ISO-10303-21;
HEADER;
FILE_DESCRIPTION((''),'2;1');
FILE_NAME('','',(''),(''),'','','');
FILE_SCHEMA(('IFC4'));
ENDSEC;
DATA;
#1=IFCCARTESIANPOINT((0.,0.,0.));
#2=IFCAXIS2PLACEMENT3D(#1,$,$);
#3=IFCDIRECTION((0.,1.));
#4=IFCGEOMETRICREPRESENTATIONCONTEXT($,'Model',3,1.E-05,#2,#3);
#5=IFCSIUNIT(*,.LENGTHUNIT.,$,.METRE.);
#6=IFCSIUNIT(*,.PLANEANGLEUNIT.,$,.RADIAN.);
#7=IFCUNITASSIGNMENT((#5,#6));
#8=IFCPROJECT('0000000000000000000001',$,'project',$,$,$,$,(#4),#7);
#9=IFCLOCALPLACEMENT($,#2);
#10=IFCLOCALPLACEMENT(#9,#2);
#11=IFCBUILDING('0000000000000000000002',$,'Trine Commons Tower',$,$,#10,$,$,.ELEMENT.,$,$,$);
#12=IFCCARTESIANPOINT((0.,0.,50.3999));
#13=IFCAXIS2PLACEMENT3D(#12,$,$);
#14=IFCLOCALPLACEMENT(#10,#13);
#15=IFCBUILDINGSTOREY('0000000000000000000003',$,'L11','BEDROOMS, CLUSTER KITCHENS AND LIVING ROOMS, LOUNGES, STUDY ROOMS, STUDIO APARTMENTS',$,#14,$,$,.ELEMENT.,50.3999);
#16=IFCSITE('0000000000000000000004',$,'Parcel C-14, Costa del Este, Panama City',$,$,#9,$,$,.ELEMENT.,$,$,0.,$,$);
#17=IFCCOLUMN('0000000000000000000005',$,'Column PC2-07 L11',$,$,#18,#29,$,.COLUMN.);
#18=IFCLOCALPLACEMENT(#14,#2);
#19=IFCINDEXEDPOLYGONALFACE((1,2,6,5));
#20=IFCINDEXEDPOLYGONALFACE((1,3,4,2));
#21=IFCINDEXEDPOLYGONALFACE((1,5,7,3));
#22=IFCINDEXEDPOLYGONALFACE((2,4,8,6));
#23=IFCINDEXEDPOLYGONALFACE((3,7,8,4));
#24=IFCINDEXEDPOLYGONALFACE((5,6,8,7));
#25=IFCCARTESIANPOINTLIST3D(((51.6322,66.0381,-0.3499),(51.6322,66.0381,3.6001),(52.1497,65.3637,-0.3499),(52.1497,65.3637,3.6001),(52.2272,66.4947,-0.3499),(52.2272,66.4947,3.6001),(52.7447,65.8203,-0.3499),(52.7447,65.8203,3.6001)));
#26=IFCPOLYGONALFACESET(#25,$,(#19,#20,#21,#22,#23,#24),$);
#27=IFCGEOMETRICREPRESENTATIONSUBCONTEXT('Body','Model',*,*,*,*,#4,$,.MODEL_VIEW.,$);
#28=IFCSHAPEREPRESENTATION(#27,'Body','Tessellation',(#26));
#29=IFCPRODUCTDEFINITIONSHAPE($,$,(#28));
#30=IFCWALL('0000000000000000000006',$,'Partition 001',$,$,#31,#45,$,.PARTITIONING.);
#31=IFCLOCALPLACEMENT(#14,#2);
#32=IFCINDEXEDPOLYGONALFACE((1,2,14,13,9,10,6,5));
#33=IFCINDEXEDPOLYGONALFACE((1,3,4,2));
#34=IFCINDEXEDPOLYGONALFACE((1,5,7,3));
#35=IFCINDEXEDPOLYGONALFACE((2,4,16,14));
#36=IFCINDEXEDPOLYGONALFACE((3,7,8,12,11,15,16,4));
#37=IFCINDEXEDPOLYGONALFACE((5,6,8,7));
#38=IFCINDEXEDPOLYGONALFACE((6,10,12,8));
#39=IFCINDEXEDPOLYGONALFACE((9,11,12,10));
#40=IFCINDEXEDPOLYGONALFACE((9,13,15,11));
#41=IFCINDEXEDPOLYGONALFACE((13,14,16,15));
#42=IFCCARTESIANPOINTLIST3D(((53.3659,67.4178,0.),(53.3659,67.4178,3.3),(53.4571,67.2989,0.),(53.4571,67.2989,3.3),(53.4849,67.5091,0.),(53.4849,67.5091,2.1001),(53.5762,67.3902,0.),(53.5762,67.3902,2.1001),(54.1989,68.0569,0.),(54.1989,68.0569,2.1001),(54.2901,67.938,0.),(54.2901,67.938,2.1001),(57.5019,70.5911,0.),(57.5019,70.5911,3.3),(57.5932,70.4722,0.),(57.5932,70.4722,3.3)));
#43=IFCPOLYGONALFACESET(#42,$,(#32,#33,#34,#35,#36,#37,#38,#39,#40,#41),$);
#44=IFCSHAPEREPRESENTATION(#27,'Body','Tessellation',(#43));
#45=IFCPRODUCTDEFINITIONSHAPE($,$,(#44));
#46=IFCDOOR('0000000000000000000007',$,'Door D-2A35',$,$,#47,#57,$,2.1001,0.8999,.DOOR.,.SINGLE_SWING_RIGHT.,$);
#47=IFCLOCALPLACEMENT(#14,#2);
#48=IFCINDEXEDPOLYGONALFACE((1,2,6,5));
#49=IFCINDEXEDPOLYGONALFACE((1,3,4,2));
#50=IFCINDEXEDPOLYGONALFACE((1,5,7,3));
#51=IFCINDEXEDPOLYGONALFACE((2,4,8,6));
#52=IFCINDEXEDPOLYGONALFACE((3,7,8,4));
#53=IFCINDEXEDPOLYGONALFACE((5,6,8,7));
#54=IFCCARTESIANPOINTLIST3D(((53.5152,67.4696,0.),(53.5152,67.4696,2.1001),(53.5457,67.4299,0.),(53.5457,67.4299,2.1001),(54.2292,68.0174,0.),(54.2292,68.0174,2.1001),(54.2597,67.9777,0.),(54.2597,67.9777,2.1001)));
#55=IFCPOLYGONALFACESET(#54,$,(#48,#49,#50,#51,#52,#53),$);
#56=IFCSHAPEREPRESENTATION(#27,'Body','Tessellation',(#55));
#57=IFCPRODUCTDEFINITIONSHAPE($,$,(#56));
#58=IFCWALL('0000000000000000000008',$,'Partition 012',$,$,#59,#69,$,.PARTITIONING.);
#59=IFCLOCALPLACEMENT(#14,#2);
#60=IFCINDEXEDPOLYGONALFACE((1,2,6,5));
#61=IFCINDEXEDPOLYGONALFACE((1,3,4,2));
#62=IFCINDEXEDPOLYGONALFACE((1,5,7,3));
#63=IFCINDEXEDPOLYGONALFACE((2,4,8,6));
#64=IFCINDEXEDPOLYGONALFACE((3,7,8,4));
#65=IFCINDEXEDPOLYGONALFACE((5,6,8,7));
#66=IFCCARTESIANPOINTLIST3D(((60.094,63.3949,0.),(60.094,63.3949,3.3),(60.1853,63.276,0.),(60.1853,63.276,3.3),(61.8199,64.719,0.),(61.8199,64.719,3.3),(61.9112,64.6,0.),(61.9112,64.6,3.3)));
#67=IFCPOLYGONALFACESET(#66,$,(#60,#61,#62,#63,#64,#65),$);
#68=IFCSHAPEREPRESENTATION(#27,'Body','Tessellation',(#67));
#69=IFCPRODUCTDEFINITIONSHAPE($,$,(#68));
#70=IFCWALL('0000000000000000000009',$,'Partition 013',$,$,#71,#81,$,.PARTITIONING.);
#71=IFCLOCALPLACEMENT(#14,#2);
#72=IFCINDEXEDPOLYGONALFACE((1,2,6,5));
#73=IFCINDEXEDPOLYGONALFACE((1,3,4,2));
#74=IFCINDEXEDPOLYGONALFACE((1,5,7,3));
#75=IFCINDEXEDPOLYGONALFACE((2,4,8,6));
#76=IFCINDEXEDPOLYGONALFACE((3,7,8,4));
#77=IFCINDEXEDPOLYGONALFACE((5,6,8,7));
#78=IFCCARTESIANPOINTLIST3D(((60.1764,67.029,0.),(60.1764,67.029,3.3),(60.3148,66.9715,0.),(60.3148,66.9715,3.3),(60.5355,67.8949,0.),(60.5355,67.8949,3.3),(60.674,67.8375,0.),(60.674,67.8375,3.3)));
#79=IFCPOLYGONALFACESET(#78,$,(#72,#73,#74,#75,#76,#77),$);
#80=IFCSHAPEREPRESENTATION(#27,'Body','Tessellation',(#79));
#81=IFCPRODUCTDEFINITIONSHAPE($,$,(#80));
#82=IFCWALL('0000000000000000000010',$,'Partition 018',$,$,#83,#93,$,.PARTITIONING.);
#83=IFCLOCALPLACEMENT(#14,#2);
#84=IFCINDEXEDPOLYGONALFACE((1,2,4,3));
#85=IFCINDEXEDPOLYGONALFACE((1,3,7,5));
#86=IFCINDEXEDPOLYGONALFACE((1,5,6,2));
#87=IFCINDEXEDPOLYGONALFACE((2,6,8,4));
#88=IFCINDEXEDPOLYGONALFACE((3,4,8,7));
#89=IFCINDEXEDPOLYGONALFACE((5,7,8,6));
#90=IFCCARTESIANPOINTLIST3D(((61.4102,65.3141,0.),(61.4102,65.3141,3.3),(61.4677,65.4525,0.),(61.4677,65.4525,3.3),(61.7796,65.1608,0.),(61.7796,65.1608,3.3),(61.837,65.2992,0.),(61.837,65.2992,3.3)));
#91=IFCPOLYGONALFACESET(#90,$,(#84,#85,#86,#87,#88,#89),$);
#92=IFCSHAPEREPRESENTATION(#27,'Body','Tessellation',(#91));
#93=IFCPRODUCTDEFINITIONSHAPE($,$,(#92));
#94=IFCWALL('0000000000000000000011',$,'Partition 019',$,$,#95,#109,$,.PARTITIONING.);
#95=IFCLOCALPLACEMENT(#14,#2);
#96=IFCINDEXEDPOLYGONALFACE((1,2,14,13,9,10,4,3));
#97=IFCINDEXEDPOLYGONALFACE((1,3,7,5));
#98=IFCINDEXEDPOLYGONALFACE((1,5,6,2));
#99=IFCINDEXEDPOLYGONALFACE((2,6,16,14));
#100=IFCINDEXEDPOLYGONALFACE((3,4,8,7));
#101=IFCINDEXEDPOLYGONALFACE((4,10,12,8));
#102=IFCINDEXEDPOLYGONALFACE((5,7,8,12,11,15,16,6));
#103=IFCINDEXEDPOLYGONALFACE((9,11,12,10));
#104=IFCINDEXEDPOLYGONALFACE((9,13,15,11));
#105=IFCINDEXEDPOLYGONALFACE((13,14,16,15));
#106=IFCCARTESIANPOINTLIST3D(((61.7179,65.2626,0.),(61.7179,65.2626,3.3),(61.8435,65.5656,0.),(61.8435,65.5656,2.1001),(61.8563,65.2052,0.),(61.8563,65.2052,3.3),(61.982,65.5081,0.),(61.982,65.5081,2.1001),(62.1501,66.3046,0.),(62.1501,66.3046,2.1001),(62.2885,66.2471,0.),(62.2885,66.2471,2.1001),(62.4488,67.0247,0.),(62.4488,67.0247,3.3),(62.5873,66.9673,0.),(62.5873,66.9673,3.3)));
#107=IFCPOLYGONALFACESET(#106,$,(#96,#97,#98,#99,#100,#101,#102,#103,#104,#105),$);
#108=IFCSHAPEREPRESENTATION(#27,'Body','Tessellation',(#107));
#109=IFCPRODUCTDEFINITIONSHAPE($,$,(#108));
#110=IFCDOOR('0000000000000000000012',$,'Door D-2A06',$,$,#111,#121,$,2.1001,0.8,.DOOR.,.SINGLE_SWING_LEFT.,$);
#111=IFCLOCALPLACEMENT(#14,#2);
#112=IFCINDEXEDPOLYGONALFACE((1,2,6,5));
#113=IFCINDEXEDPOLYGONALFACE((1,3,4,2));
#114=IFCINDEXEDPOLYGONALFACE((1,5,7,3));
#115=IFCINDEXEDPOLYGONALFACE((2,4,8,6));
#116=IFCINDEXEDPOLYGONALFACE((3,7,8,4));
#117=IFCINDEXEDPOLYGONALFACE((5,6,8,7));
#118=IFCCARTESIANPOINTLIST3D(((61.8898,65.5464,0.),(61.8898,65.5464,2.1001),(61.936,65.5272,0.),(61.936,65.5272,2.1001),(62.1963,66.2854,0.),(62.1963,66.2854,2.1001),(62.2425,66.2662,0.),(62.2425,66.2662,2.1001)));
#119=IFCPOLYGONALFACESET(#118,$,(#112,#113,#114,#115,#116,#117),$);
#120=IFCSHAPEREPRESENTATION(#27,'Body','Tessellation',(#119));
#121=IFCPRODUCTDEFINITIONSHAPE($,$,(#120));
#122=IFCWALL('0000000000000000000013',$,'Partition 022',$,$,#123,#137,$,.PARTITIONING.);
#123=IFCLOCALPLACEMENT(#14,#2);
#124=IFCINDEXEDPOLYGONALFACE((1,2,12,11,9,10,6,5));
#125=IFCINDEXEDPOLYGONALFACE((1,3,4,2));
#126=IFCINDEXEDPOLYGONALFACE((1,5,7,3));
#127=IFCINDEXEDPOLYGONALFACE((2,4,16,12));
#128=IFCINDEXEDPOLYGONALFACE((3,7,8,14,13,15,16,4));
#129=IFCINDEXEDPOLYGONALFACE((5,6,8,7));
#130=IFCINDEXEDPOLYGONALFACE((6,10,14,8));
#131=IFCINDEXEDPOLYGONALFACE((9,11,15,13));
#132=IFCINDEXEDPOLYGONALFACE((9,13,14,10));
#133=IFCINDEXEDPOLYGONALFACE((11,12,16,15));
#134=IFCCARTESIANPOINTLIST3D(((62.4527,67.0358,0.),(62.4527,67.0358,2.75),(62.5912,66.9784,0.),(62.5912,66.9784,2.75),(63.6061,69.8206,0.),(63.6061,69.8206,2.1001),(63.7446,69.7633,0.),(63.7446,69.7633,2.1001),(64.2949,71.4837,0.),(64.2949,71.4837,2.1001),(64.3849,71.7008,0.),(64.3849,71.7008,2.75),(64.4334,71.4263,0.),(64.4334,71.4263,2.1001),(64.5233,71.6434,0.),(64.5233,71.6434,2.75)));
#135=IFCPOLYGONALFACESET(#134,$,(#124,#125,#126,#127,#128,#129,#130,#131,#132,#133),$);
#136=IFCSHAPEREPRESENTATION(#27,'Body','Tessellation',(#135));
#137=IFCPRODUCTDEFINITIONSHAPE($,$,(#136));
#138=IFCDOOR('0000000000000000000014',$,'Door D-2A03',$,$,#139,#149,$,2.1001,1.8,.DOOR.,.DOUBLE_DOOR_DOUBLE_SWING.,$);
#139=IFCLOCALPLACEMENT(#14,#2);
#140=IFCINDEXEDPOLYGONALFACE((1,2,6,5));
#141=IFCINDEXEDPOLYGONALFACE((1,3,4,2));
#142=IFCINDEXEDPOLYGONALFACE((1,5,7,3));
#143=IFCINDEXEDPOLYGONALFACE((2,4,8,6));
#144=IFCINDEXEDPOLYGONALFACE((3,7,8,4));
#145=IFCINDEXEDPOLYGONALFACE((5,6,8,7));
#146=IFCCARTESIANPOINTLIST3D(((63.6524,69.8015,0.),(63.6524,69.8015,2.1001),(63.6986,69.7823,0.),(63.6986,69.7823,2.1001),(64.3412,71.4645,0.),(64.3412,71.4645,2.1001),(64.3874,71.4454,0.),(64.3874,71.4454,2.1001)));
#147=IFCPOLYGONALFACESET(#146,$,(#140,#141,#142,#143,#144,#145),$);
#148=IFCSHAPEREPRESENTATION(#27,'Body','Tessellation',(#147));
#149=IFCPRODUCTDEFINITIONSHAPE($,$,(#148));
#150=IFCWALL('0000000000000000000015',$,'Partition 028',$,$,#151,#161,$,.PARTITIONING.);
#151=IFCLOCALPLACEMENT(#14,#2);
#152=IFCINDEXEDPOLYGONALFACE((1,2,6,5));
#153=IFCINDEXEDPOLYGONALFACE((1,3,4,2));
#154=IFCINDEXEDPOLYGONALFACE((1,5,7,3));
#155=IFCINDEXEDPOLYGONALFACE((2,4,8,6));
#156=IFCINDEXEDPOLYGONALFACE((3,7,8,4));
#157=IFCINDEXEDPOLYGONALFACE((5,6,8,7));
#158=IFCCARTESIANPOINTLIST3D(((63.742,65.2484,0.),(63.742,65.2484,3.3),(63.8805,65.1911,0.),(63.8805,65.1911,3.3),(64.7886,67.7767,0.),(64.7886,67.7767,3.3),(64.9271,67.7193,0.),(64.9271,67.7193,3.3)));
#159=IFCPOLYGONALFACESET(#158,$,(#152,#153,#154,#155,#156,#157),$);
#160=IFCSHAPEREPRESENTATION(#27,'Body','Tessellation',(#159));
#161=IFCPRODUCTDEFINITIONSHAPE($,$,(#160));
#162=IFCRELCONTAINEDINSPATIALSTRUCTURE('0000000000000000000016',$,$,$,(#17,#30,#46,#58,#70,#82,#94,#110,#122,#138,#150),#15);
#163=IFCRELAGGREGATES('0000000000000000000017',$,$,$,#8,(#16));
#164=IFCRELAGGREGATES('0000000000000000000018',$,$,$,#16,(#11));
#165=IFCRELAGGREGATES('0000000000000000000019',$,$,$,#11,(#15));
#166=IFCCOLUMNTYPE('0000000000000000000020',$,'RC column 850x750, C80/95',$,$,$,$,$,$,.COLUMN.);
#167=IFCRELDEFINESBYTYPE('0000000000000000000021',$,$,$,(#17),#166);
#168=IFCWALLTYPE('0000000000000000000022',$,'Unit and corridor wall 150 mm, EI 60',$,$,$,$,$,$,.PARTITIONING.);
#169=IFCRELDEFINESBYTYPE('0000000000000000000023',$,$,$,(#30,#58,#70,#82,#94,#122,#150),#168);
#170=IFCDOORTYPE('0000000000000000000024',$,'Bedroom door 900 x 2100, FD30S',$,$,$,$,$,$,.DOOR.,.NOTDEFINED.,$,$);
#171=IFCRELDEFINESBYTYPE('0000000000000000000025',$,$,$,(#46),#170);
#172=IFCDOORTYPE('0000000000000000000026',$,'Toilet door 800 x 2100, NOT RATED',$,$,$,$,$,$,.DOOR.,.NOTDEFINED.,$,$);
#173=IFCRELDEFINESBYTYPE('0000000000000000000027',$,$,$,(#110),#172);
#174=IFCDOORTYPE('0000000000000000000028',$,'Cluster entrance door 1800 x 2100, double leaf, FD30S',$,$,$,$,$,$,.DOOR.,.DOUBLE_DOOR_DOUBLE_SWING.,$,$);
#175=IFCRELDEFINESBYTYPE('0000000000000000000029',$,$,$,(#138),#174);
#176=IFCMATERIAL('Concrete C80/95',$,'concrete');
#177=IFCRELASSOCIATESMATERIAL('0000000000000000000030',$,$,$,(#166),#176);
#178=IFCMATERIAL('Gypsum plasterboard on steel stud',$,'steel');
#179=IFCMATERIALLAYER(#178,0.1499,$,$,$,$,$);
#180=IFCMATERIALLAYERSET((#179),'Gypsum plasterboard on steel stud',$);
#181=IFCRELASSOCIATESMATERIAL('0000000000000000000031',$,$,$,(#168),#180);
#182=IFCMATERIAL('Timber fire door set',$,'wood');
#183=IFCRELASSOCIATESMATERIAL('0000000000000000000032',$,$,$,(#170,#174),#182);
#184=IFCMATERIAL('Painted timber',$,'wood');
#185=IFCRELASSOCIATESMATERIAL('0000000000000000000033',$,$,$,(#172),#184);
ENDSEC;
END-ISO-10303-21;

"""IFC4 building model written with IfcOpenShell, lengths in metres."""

from ifc_helpers import new_model, si_unit, direction, frame, frame_2d, origin, origin_2d, place, context, subcontext, project, spatial, rectangle, extrude, material, layer, layer_set, material_profile, profile_set, type_object, element, fill, save


model = new_model("IFC4")

# Units and contexts
model_context = context("Model", 3, precision=1e-05, world=origin(), true_north=direction((0.0, 1.0)))
body_context = subcontext(model_context, "Body", "Model", "MODEL_VIEW")
ifc_project = project(units=[si_unit("LENGTHUNIT", "METRE"), si_unit("PLANEANGLEUNIT", "RADIAN")], contexts=[model_context])

# Site, building, storey
site_placement = place(None, origin())
site = spatial("IfcSite", under=ifc_project, at=site_placement, Name="Parcel C-14, Costa del Este, Panama City", CompositionType="ELEMENT", RefElevation=0.0)
building_placement = place(site_placement, origin())
building = spatial("IfcBuilding", under=site, at=building_placement, Name="Trine Commons Tower", CompositionType="ELEMENT")
storey_placement = place(building_placement, frame((0.0, 0.0, 50.3999)))
storey = spatial("IfcBuildingStorey", under=building, at=storey_placement, Name="L11", Description="BEDROOMS, CLUSTER KITCHENS AND LIVING ROOMS, LOUNGES, STUDY ROOMS, STUDIO APARTMENTS", CompositionType="ELEMENT", Elevation=50.3999)

# Column
ifc_material_1 = material(Name="Concrete C80/95", Category="concrete")
ifc_material_profile = material_profile(ifc_material_1, rectangle(XDim=0.8501, YDim=0.75, at=origin_2d()), Name="RC 850x750")
ifc_profile_set = profile_set([ifc_material_profile], Name="Concrete C80/95")
column_type = type_object("IfcColumnType", Name="RC column 850x750, C80/95", PredefinedType="COLUMN", material=ifc_profile_set)
column_placement = place(storey_placement, frame((52.1885, 65.9292, -0.3499), z_axis=(0.0, 0.0, 1.0), x_axis=(-0.608761, 0.793353, 0.0)))
element("IfcColumn", 1, at=column_placement, inside=storey, type_object=column_type, Name="Column PC2-07 L11", PredefinedType="COLUMN", context=body_context, shape_type="SweptSolid", body=[
    extrude(rectangle(XDim=0.8501, YDim=0.75, at=origin_2d()), origin(), (0.0, 0.0, 1.0), 3.95),
])

# Wall, opening, door
ifc_material_2 = material(Name="Gypsum plasterboard on steel stud", Category="steel")
ifc_layer_1 = layer(ifc_material_2, 0.1499)
ifc_layer_set_1 = layer_set([ifc_layer_1], Name="Gypsum plasterboard on steel stud")
wall_type_1 = type_object("IfcWallType", Name="Unit and corridor wall 150 mm, EI 60", PredefinedType="PARTITIONING", material=ifc_layer_set_1)
wall_1_placement = place(storey_placement, frame((53.4116, 67.3584, 0.0), z_axis=(0.0, 0.0, 1.0), x_axis=(0.793382, 0.608724, 0.0)))
wall_1 = element("IfcWall", 2, at=wall_1_placement, inside=storey, type_object=wall_type_1, Name="Partition 001", PredefinedType="PARTITIONING", context=body_context, shape_type="SweptSolid", body=[
    extrude(rectangle(XDim=5.2131, YDim=0.1499, at=frame_2d((2.6064, 0.0))), origin(), (0.0, 0.0, 1.0), 3.3),
])
opening_1_placement = place(wall_1_placement, frame((0.1499, 0.0, 0.0)))
opening_1 = element("IfcOpeningElement", 3, at=opening_1_placement, cuts=wall_1, PredefinedType="OPENING", context=body_context, shape_type="SweptSolid", body=[
    extrude(rectangle(XDim=0.8999, YDim=2.1001, at=frame_2d((0.45, 1.05))), frame((0.0, 0.085, 0.0), z_axis=(0.0, -1.0, 0.0), x_axis=(1.0, 0.0, 0.0)), (0.0, 0.0, 1.0), 0.1699),
])
ifc_material_3 = material(Name="Timber fire door set", Category="wood")
door_type_1 = type_object("IfcDoorType", Name="Bedroom door 900 x 2100, FD30S", OperationType="NOTDEFINED", PredefinedType="DOOR", material=ifc_material_3)
door_1_placement = place(opening_1_placement, frame((0.8999, 0.0, 0.0), z_axis=(0.0, 0.0, 1.0), x_axis=(-1.0, 0.0, 0.0)))
door_1 = element("IfcDoor", 4, at=door_1_placement, inside=storey, type_object=door_type_1, Name="Door D-2A35", OperationType="SINGLE_SWING_RIGHT", OverallHeight=2.1001, OverallWidth=0.8999, PredefinedType="DOOR", context=body_context, shape_type="SweptSolid", body=[
    extrude(rectangle(XDim=0.8999, YDim=2.1001, at=frame_2d((0.45, 1.05))), frame((0.0, 0.0249, 0.0), z_axis=(0.0, -1.0, 0.0), x_axis=(1.0, 0.0, 0.0)), (0.0, 0.0, 1.0), 0.05),
])
fill(opening_1, door_1)

# Walls
wall_2_placement = place(storey_placement, frame((60.1396, 63.3354, 0.0), z_axis=(0.0, 0.0, 1.0), x_axis=(0.79342, 0.608674, 0.0)))
element("IfcWall", 5, at=wall_2_placement, inside=storey, type_object=wall_type_1, Name="Partition 012", PredefinedType="PARTITIONING", context=body_context, shape_type="SweptSolid", body=[
    extrude(rectangle(XDim=2.1753, YDim=0.1499, at=frame_2d((1.0876, 0.0))), origin(), (0.0, 0.0, 1.0), 3.3),
])
wall_3_placement = place(storey_placement, frame((60.2456, 67.0002, 0.0), z_axis=(0.0, 0.0, 1.0), x_axis=(0.38308, 0.923715, 0.0)))
element("IfcWall", 6, at=wall_3_placement, inside=storey, type_object=wall_type_1, Name="Partition 013", PredefinedType="PARTITIONING", context=body_context, shape_type="SweptSolid", body=[
    extrude(rectangle(XDim=0.9375, YDim=0.1499, at=frame_2d((0.4688, 0.0))), origin(), (0.0, 0.0, 1.0), 3.3),
])
wall_4_placement = place(storey_placement, frame((61.439, 65.3833, 0.0), z_axis=(0.0, 0.0, 1.0), x_axis=(0.9236, -0.383358, 0.0)))
element("IfcWall", 7, at=wall_4_placement, inside=storey, type_object=wall_type_1, Name="Partition 018", PredefinedType="PARTITIONING", context=body_context, shape_type="SweptSolid", body=[
    extrude(rectangle(XDim=0.3999, YDim=0.1499, at=frame_2d((0.2, 0.0))), origin(), (0.0, 0.0, 1.0), 3.3),
])

# Walls, openings, doors
wall_5_placement = place(storey_placement, frame((61.7871, 65.2339, 0.0), z_axis=(0.0, 0.0, 1.0), x_axis=(0.383143, 0.923689, 0.0)))
wall_5 = element("IfcWall", 8, at=wall_5_placement, inside=storey, type_object=wall_type_1, Name="Partition 019", PredefinedType="PARTITIONING", context=body_context, shape_type="SweptSolid", body=[
    extrude(rectangle(XDim=1.9077, YDim=0.1499, at=frame_2d((0.9539, 0.0))), origin(), (0.0, 0.0, 1.0), 3.3),
])
opening_2_placement = place(wall_5_placement, frame((0.3281, 0.0, 0.0)))
opening_2 = element("IfcOpeningElement", 9, at=opening_2_placement, cuts=wall_5, PredefinedType="OPENING", context=body_context, shape_type="SweptSolid", body=[
    extrude(rectangle(XDim=0.8, YDim=2.1001, at=frame_2d((0.3999, 1.05))), frame((0.0, 0.085, 0.0), z_axis=(0.0, -1.0, 0.0), x_axis=(1.0, 0.0, 0.0)), (0.0, 0.0, 1.0), 0.1699),
])
ifc_material_4 = material(Name="Painted timber", Category="wood")
door_type_2 = type_object("IfcDoorType", Name="Toilet door 800 x 2100, NOT RATED", OperationType="NOTDEFINED", PredefinedType="DOOR", material=ifc_material_4)
door_2_placement = place(opening_2_placement, origin())
door_2 = element("IfcDoor", 10, at=door_2_placement, inside=storey, type_object=door_type_2, Name="Door D-2A06", OperationType="SINGLE_SWING_LEFT", OverallHeight=2.1001, OverallWidth=0.8, PredefinedType="DOOR", context=body_context, shape_type="SweptSolid", body=[
    extrude(rectangle(XDim=0.8, YDim=2.1001, at=frame_2d((0.3999, 1.05))), frame((0.0, 0.0249, 0.0), z_axis=(0.0, -1.0, 0.0), x_axis=(1.0, 0.0, 0.0)), (0.0, 0.0, 1.0), 0.05),
])
fill(opening_2, door_2)
wall_6_placement = place(storey_placement, frame((62.522, 67.0071, 0.0), z_axis=(0.0, 0.0, 1.0), x_axis=(0.382651, 0.923893, 0.0)))
wall_6 = element("IfcWall", 11, at=wall_6_placement, inside=storey, type_object=wall_type_1, Name="Partition 022", PredefinedType="PARTITIONING", context=body_context, shape_type="SweptSolid", body=[
    extrude(rectangle(XDim=5.0493, YDim=0.1499, at=frame_2d((2.5247, 0.0))), origin(), (0.0, 0.0, 1.0), 2.75),
])
opening_3_placement = place(wall_6_placement, frame((3.0144, 0.0, 0.0)))
opening_3 = element("IfcOpeningElement", 12, at=opening_3_placement, cuts=wall_6, PredefinedType="OPENING", context=body_context, shape_type="SweptSolid", body=[
    extrude(rectangle(XDim=1.8, YDim=2.1001, at=frame_2d((0.8999, 1.05))), frame((0.0, 0.085, 0.0), z_axis=(0.0, -1.0, 0.0), x_axis=(1.0, 0.0, 0.0)), (0.0, 0.0, 1.0), 0.1699),
])
door_type_3 = type_object("IfcDoorType", Name="Cluster entrance door 1800 x 2100, double leaf, FD30S", OperationType="DOUBLE_DOOR_DOUBLE_SWING", PredefinedType="DOOR", material=ifc_material_3)
door_3_placement = place(opening_3_placement, origin())
door_3 = element("IfcDoor", 13, at=door_3_placement, inside=storey, type_object=door_type_3, Name="Door D-2A03", OperationType="DOUBLE_DOOR_DOUBLE_SWING", OverallHeight=2.1001, OverallWidth=1.8, PredefinedType="DOOR", context=body_context, shape_type="SweptSolid", body=[
    extrude(rectangle(XDim=1.8, YDim=2.1001, at=frame_2d((0.8999, 1.05))), frame((0.0, 0.0249, 0.0), z_axis=(0.0, -1.0, 0.0), x_axis=(1.0, 0.0, 0.0)), (0.0, 0.0, 1.0), 0.05),
])
fill(opening_3, door_3)

# Wall
wall_7_placement = place(storey_placement, frame((63.8113, 65.2197, 0.0), z_axis=(0.0, 0.0, 1.0), x_axis=(0.382486, 0.923961, 0.0)))
element("IfcWall", 14, at=wall_7_placement, inside=storey, type_object=wall_type_1, Name="Partition 028", PredefinedType="PARTITIONING", context=body_context, shape_type="SweptSolid", body=[
    extrude(rectangle(XDim=2.7363, YDim=0.1499, at=frame_2d((1.3682, 0.0))), origin(), (0.0, 0.0, 1.0), 3.3),
])

save(model, "model.ifc")
